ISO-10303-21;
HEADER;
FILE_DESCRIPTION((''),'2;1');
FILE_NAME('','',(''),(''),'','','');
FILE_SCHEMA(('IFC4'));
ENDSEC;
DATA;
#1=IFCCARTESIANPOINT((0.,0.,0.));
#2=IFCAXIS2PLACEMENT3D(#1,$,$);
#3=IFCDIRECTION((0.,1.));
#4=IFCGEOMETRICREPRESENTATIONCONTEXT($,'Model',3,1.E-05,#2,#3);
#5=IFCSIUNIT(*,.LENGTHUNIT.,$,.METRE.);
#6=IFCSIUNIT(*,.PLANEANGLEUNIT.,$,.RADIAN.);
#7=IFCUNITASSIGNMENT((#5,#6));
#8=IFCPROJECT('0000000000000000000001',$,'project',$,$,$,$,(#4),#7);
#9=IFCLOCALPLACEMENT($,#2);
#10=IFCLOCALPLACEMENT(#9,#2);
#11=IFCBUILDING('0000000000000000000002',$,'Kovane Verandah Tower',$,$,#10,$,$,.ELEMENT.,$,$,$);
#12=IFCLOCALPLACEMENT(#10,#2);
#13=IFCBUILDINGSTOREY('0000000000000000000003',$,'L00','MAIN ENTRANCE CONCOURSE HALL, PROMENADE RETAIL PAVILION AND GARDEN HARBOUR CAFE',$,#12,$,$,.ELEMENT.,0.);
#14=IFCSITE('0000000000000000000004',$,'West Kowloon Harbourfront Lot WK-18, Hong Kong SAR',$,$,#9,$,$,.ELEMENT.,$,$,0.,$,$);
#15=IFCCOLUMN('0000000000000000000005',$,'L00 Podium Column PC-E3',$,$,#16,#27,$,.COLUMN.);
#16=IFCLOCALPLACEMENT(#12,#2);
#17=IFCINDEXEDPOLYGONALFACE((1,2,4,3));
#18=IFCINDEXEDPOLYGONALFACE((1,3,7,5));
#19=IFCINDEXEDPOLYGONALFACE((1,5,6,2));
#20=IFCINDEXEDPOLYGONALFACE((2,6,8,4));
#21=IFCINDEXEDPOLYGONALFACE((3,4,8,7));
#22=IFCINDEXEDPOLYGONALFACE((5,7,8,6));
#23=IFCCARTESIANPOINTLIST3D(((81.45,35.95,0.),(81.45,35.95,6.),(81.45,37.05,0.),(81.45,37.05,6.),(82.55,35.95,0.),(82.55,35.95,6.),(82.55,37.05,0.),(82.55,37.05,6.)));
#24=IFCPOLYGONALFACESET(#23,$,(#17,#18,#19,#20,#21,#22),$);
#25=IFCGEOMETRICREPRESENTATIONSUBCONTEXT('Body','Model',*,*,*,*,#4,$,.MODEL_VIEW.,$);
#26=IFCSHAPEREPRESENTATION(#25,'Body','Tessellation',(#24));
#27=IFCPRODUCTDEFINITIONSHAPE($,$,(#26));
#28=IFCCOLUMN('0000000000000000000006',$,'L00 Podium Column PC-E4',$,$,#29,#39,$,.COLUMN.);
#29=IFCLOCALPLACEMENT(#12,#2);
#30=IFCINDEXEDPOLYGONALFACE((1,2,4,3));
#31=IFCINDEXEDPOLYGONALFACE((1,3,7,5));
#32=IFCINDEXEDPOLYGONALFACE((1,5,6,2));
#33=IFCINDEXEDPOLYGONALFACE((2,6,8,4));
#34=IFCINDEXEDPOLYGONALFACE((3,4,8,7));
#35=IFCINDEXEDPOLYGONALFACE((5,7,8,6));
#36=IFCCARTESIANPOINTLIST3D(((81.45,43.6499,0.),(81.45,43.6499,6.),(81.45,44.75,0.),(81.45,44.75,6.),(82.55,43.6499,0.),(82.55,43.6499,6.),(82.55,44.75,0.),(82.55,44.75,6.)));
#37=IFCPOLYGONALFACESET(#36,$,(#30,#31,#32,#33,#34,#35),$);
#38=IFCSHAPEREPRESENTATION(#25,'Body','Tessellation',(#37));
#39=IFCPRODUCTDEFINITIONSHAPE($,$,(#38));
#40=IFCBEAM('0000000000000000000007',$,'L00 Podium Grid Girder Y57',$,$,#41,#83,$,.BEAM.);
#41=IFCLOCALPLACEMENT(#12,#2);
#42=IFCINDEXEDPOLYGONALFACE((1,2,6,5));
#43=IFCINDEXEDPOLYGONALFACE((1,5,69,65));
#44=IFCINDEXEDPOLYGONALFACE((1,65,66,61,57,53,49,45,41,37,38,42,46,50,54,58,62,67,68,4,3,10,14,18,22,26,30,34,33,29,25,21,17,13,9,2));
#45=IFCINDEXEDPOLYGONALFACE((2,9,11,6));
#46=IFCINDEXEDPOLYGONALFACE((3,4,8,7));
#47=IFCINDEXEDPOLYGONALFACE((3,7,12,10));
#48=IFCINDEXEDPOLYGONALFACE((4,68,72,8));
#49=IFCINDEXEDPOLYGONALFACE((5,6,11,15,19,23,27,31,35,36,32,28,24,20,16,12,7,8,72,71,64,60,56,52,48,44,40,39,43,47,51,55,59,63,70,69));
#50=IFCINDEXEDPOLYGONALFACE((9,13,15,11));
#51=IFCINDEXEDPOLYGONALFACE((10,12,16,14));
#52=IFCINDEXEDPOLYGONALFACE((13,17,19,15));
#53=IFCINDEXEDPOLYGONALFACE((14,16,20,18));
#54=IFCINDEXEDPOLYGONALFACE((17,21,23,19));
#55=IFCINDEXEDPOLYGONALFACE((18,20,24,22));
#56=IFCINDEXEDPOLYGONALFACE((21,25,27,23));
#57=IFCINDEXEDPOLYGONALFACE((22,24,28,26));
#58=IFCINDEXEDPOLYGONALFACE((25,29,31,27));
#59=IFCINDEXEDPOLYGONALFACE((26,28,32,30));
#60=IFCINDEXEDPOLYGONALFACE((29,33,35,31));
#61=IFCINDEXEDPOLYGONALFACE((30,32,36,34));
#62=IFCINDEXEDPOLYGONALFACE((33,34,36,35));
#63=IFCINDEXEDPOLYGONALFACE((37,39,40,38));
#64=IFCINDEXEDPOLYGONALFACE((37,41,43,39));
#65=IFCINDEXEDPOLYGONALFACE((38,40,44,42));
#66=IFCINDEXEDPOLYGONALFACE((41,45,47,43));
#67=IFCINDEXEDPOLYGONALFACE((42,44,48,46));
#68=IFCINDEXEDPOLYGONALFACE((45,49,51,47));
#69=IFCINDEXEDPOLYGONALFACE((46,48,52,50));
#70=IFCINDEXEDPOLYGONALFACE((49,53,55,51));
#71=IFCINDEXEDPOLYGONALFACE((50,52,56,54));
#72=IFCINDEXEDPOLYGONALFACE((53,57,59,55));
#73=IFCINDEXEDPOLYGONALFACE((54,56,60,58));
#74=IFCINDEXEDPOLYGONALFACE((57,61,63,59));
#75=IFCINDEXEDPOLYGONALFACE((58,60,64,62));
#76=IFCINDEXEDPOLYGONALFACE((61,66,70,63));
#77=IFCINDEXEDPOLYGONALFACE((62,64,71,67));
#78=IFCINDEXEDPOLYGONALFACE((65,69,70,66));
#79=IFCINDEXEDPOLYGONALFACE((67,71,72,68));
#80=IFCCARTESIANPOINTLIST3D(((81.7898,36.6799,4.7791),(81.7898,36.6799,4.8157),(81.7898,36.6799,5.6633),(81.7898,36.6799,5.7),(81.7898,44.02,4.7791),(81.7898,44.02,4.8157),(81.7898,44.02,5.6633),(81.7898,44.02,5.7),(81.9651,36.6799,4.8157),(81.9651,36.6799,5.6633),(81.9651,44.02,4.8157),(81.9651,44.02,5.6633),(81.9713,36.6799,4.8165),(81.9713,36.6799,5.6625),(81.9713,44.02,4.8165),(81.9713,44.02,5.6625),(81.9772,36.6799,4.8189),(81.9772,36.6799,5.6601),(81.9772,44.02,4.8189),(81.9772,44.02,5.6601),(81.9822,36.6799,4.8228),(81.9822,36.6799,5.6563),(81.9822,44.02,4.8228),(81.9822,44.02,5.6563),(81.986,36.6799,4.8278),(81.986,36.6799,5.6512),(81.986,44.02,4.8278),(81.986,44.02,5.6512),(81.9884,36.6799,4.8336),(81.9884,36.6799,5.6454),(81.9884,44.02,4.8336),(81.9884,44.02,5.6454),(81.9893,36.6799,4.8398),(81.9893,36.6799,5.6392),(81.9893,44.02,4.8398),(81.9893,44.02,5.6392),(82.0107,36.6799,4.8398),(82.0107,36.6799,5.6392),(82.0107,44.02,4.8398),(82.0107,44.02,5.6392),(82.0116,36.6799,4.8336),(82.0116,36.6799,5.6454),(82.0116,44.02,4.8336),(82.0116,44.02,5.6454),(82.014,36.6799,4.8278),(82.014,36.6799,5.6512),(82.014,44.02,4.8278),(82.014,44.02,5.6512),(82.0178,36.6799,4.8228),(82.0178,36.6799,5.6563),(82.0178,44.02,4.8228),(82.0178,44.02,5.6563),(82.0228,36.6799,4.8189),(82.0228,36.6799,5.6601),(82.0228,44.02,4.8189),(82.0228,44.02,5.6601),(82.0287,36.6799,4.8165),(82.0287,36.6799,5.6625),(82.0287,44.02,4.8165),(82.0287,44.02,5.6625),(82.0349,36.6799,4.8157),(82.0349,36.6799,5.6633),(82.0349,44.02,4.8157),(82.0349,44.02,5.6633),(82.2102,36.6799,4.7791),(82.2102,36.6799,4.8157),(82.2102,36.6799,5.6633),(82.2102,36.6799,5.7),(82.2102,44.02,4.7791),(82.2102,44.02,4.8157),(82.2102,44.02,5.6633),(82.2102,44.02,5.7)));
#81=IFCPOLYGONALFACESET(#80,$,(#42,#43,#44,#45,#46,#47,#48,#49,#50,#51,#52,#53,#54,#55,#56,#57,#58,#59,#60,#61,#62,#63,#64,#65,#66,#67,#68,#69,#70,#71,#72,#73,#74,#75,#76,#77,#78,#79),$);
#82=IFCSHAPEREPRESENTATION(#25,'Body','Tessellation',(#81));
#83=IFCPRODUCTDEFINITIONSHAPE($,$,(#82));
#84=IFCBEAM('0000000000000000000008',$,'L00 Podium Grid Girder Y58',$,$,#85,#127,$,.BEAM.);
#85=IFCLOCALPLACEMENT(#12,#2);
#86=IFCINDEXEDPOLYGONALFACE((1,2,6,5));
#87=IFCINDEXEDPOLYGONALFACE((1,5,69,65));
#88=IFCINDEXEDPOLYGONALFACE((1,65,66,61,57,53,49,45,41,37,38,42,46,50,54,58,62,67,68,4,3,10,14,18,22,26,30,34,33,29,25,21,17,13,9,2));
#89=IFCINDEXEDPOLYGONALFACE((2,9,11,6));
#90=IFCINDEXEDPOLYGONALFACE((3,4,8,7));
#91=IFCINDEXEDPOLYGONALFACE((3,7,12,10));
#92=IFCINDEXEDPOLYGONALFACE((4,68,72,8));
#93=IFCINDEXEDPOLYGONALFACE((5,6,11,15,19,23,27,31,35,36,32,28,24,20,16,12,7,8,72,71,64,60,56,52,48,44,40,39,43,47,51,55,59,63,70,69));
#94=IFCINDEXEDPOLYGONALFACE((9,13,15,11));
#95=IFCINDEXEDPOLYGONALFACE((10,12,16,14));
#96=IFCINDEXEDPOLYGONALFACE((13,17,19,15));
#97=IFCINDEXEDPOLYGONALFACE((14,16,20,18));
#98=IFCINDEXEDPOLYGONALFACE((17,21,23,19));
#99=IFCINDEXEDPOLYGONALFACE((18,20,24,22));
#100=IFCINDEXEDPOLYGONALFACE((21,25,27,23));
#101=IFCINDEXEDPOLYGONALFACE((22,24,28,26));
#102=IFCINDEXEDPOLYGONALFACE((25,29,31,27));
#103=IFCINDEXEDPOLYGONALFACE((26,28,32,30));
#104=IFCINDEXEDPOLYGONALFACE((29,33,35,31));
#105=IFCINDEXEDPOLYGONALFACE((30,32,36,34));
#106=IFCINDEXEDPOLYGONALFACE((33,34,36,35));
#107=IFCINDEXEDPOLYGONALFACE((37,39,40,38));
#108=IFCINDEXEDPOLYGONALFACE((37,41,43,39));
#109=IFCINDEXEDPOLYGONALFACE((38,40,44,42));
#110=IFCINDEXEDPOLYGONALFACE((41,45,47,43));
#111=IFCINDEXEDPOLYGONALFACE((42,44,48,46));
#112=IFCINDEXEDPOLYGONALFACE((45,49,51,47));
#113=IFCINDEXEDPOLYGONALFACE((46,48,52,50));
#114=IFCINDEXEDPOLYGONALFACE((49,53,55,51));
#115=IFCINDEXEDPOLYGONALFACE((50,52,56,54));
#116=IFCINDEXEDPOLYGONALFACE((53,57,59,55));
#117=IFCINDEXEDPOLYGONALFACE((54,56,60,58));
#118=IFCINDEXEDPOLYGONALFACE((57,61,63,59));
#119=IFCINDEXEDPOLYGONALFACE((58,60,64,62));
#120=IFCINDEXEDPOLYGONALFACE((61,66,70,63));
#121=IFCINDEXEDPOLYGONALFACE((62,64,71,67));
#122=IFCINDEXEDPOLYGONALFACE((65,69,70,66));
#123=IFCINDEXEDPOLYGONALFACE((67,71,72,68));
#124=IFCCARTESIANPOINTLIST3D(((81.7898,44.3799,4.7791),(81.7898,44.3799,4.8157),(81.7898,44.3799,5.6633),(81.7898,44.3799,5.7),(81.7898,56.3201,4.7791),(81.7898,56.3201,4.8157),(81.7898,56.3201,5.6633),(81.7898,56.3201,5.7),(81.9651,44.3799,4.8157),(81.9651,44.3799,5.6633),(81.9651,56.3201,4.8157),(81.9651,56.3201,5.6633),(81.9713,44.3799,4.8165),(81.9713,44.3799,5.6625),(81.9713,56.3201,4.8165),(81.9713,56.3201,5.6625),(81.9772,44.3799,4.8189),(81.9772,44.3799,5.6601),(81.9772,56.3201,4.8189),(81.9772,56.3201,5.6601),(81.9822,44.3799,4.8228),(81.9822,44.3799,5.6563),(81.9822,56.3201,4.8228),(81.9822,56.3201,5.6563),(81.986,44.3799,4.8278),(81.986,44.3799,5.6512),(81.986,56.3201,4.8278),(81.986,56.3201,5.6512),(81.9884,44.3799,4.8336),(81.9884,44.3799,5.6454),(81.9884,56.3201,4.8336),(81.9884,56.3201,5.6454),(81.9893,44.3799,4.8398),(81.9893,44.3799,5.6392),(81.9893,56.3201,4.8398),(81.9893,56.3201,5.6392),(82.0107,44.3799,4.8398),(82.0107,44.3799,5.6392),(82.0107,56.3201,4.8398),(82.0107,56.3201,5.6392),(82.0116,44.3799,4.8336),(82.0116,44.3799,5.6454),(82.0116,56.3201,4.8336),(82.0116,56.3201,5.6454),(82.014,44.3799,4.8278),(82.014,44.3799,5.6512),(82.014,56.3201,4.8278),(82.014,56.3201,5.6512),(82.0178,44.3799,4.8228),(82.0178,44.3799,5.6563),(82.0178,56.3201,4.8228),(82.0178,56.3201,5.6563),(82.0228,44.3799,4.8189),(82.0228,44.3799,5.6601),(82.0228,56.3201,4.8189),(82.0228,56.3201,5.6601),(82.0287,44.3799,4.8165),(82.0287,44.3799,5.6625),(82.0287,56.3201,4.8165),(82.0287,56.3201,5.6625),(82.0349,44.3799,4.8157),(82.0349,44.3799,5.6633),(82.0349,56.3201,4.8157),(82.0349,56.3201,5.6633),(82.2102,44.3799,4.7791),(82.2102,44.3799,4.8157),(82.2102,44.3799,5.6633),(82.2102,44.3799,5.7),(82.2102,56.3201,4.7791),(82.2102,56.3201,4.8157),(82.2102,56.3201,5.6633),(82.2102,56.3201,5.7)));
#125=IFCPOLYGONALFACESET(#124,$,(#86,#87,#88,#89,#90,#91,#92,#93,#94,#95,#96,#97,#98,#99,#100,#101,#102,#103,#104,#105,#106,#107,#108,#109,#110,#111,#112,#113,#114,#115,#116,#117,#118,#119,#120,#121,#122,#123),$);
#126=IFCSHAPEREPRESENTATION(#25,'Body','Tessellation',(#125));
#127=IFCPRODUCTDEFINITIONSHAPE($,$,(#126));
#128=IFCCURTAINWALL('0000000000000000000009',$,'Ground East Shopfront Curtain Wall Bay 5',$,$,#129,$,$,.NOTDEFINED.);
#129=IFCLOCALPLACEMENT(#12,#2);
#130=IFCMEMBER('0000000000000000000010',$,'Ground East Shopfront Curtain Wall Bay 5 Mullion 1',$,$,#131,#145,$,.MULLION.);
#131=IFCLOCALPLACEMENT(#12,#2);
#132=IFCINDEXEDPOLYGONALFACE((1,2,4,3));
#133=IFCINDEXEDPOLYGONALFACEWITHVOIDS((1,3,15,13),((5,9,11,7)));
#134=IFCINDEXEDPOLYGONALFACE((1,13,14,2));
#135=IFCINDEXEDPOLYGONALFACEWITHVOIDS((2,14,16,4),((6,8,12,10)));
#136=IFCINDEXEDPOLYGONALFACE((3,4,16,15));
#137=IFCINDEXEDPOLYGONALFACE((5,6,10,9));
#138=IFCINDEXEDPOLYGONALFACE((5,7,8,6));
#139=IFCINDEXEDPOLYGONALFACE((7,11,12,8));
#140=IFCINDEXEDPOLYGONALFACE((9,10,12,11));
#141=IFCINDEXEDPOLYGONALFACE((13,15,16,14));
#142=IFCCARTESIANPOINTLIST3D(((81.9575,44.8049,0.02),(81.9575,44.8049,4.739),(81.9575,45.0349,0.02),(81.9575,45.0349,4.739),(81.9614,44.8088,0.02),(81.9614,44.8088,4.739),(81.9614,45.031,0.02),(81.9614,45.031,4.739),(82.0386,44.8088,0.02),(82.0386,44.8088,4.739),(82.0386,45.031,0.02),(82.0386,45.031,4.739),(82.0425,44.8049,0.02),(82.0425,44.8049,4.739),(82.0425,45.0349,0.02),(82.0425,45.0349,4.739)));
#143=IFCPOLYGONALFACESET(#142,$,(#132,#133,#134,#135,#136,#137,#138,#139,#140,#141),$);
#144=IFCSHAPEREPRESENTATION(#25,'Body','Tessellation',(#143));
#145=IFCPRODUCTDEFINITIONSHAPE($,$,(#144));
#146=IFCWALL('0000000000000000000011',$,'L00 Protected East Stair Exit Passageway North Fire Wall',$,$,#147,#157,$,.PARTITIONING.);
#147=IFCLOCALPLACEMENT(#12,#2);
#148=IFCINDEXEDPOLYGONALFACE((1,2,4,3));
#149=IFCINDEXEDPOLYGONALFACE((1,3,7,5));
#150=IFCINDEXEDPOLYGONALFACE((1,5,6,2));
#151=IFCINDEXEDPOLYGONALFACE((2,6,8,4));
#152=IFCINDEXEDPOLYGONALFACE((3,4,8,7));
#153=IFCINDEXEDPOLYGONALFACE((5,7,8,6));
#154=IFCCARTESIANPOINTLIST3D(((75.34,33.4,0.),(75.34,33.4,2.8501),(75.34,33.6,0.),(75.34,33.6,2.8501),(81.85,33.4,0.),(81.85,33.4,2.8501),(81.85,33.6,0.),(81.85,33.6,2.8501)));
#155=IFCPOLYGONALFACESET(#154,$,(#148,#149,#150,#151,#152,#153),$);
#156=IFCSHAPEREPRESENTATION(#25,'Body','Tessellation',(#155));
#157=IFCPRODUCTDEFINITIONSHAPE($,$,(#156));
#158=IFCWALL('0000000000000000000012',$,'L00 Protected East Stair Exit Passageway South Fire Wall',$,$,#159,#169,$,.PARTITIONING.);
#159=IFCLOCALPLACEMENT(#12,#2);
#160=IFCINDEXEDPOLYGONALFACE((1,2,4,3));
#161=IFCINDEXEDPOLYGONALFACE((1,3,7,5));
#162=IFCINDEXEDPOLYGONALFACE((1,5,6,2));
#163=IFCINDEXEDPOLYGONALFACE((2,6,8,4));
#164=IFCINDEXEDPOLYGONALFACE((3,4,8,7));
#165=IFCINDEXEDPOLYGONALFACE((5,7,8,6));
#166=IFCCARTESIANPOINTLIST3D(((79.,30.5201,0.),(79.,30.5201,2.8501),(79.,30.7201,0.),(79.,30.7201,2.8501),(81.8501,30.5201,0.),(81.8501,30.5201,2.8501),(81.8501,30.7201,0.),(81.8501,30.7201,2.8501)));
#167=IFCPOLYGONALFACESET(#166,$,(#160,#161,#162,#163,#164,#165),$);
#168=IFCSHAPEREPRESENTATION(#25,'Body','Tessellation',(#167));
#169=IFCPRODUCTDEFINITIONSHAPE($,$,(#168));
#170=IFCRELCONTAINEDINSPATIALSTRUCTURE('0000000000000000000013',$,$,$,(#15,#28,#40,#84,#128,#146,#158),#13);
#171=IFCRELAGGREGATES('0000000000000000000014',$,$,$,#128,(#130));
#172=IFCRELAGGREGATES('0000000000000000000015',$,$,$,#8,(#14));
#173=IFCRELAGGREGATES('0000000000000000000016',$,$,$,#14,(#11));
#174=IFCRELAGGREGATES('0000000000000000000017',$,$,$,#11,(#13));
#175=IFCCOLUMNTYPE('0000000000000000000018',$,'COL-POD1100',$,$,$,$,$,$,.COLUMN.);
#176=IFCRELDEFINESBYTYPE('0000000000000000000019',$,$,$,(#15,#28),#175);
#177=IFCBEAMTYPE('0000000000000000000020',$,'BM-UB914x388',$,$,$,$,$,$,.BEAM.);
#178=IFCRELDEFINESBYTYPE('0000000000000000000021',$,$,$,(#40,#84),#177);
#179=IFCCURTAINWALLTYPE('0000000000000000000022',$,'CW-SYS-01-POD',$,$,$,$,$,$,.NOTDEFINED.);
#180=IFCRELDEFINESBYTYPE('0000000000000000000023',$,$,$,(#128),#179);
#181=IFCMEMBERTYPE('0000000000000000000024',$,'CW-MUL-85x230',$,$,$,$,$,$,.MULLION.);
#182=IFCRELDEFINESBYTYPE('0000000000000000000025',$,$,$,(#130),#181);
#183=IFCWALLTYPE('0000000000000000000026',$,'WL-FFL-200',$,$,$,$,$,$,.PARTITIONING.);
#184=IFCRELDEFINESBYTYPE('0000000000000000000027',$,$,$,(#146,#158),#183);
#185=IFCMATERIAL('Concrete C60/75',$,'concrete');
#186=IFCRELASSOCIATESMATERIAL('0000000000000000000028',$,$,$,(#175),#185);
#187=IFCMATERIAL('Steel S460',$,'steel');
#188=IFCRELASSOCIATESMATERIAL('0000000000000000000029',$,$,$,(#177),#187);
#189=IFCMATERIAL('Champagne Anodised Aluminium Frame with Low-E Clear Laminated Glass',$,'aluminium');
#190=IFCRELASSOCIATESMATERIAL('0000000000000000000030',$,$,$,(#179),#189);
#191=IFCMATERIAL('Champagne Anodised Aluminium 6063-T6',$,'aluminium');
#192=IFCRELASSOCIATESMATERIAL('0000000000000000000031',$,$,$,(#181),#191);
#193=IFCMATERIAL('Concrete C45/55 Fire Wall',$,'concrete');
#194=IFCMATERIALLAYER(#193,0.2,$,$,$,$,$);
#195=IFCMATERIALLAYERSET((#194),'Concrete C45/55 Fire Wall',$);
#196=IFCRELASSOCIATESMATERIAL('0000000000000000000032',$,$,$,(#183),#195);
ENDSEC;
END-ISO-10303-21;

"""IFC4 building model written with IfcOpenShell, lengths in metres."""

from ifc_helpers import new_model, si_unit, direction, frame, frame_2d, origin, origin_2d, place, context, subcontext, project, spatial, rectangle, hollow_rectangle, i_section, extrude, material, layer, layer_set, material_profile, profile_set, type_object, element, aggregate, save


model = new_model("IFC4")

# Units and contexts
model_context = context("Model", 3, precision=1e-05, world=origin(), true_north=direction((0.0, 1.0)))
body_context = subcontext(model_context, "Body", "Model", "MODEL_VIEW")
ifc_project = project(units=[si_unit("LENGTHUNIT", "METRE"), si_unit("PLANEANGLEUNIT", "RADIAN")], contexts=[model_context])

# Site, building, storey
site_placement = place(None, origin())
site = spatial("IfcSite", under=ifc_project, at=site_placement, Name="West Kowloon Harbourfront Lot WK-18, Hong Kong SAR", CompositionType="ELEMENT", RefElevation=0.0)
building_placement = place(site_placement, origin())
building = spatial("IfcBuilding", under=site, at=building_placement, Name="Kovane Verandah Tower", CompositionType="ELEMENT")
storey_placement = place(building_placement, origin())
storey = spatial("IfcBuildingStorey", under=building, at=storey_placement, Name="L00", Description="MAIN ENTRANCE CONCOURSE HALL, PROMENADE RETAIL PAVILION AND GARDEN HARBOUR CAFE", CompositionType="ELEMENT", Elevation=0.0)

# Columns
ifc_material_1 = material(Name="Concrete C60/75", Category="concrete")
ifc_material_profile_1 = material_profile(ifc_material_1, rectangle(XDim=1.1001, YDim=1.1001, at=origin_2d()), Name="RC1100x1100")
ifc_profile_set_1 = profile_set([ifc_material_profile_1], Name="Concrete C60/75")
column_type = type_object("IfcColumnType", Name="COL-POD1100", PredefinedType="COLUMN", material=ifc_profile_set_1)
for number, where, z_axis, x_axis, name in (
    (1, (82.0, 36.5, 0.0), (0.0, 0.0, 1.0), (1.0, 0.0, 0.0), "L00 Podium Column PC-E3"),
    (2, (82.0, 44.2, 0.0), (0.0, 0.0, 1.0), (1.0, 0.0, 0.0), "L00 Podium Column PC-E4"),
):
    element("IfcColumn", number, at=place(storey_placement, frame(where, z_axis=z_axis, x_axis=x_axis)), inside=storey, type_object=column_type, Name=name, PredefinedType="COLUMN", context=body_context, shape_type="SweptSolid", body=[
        extrude(rectangle(XDim=1.1001, YDim=1.1001, at=origin_2d()), origin(), (0.0, 0.0, 1.0), 6.0),
    ])

# Beams
ifc_material_2 = material(Name="Steel S460", Category="steel")
ifc_material_profile_2 = material_profile(ifc_material_2, i_section(OverallWidth=0.4204, OverallDepth=0.9209, WebThickness=0.0215, FlangeThickness=0.0366, FilletRadius=0.0242, at=origin_2d()), Name="UB914x419x388")
ifc_profile_set_2 = profile_set([ifc_material_profile_2], Name="Steel S460")
beam_type = type_object("IfcBeamType", Name="BM-UB914x388", PredefinedType="BEAM", material=ifc_profile_set_2)
beam_1_placement = place(storey_placement, frame((82.0, 36.6799, 5.2395), z_axis=(0.0, 1.0, 0.0), x_axis=(-1.0, 0.0, 0.0)))
element("IfcBeam", 3, at=beam_1_placement, inside=storey, type_object=beam_type, Name="L00 Podium Grid Girder Y57", PredefinedType="BEAM", context=body_context, shape_type="SweptSolid", body=[
    extrude(i_section(OverallWidth=0.4204, OverallDepth=0.9209, WebThickness=0.0215, FlangeThickness=0.0366, FilletRadius=0.0242, at=origin_2d()), origin(), (0.0, 0.0, 1.0), 7.3401),
])
beam_2_placement = place(storey_placement, frame((82.0, 44.3799, 5.2395), z_axis=(0.0, 1.0, 0.0), x_axis=(-1.0, 0.0, 0.0)))
element("IfcBeam", 4, at=beam_2_placement, inside=storey, type_object=beam_type, Name="L00 Podium Grid Girder Y58", PredefinedType="BEAM", context=body_context, shape_type="SweptSolid", body=[
    extrude(i_section(OverallWidth=0.4204, OverallDepth=0.9209, WebThickness=0.0215, FlangeThickness=0.0366, FilletRadius=0.0242, at=origin_2d()), origin(), (0.0, 0.0, 1.0), 11.9402),
])

# Curtain wall, member
ifc_material_3 = material(Name="Champagne Anodised Aluminium Frame with Low-E Clear Laminated Glass", Category="aluminium")
curtain_wall_type = type_object("IfcCurtainWallType", Name="CW-SYS-01-POD", PredefinedType="NOTDEFINED", material=ifc_material_3)
curtain_wall_placement = place(storey_placement, origin())
curtain_wall = element("IfcCurtainWall", 5, at=curtain_wall_placement, inside=storey, type_object=curtain_wall_type, Name="Ground East Shopfront Curtain Wall Bay 5", PredefinedType="NOTDEFINED")
ifc_material_4 = material(Name="Champagne Anodised Aluminium 6063-T6", Category="aluminium")
ifc_material_profile_3 = material_profile(ifc_material_4, hollow_rectangle(XDim=0.085, YDim=0.23, WallThickness=0.0039, at=origin_2d()), Name="AL85x230x4")
ifc_profile_set_3 = profile_set([ifc_material_profile_3], Name="Champagne Anodised Aluminium 6063-T6")
member_type = type_object("IfcMemberType", Name="CW-MUL-85x230", PredefinedType="MULLION", material=ifc_profile_set_3)
member_placement = place(storey_placement, frame((82.0, 44.9199, 0.02), z_axis=(0.0, 0.0, 1.0), x_axis=(1.0, 0.0, 0.0)))
member = element("IfcMember", 6, at=member_placement, type_object=member_type, Name="Ground East Shopfront Curtain Wall Bay 5 Mullion 1", PredefinedType="MULLION", context=body_context, shape_type="SweptSolid", body=[
    extrude(hollow_rectangle(XDim=0.085, YDim=0.23, WallThickness=0.0039, at=origin_2d()), origin(), (0.0, 0.0, 1.0), 4.719),
])
aggregate(curtain_wall, [member])

# Walls
ifc_material_5 = material(Name="Concrete C45/55 Fire Wall", Category="concrete")
ifc_layer_1 = layer(ifc_material_5, 0.2)
ifc_layer_set_1 = layer_set([ifc_layer_1], Name="Concrete C45/55 Fire Wall")
wall_type_1 = type_object("IfcWallType", Name="WL-FFL-200", PredefinedType="PARTITIONING", material=ifc_layer_set_1)
wall_1_placement = place(storey_placement, frame((75.3401, 33.5, 0.0), z_axis=(0.0, 0.0, 1.0), x_axis=(1.0, 0.0, 0.0)))
element("IfcWall", 7, at=wall_1_placement, inside=storey, type_object=wall_type_1, Name="L00 Protected East Stair Exit Passageway North Fire Wall", PredefinedType="PARTITIONING", context=body_context, shape_type="SweptSolid", body=[
    extrude(rectangle(XDim=6.51, YDim=0.2, at=frame_2d((3.2549, 0.0))), origin(), (0.0, 0.0, 1.0), 2.8501),
])
wall_2_placement = place(storey_placement, frame((79.0, 30.6201, 0.0), z_axis=(0.0, 0.0, 1.0), x_axis=(1.0, 0.0, 0.0)))
element("IfcWall", 8, at=wall_2_placement, inside=storey, type_object=wall_type_1, Name="L00 Protected East Stair Exit Passageway South Fire Wall", PredefinedType="PARTITIONING", context=body_context, shape_type="SweptSolid", body=[
    extrude(rectangle(XDim=2.8501, YDim=0.2, at=frame_2d((1.425, 0.0))), origin(), (0.0, 0.0, 1.0), 2.8501),
])

save(model, "model.ifc")
